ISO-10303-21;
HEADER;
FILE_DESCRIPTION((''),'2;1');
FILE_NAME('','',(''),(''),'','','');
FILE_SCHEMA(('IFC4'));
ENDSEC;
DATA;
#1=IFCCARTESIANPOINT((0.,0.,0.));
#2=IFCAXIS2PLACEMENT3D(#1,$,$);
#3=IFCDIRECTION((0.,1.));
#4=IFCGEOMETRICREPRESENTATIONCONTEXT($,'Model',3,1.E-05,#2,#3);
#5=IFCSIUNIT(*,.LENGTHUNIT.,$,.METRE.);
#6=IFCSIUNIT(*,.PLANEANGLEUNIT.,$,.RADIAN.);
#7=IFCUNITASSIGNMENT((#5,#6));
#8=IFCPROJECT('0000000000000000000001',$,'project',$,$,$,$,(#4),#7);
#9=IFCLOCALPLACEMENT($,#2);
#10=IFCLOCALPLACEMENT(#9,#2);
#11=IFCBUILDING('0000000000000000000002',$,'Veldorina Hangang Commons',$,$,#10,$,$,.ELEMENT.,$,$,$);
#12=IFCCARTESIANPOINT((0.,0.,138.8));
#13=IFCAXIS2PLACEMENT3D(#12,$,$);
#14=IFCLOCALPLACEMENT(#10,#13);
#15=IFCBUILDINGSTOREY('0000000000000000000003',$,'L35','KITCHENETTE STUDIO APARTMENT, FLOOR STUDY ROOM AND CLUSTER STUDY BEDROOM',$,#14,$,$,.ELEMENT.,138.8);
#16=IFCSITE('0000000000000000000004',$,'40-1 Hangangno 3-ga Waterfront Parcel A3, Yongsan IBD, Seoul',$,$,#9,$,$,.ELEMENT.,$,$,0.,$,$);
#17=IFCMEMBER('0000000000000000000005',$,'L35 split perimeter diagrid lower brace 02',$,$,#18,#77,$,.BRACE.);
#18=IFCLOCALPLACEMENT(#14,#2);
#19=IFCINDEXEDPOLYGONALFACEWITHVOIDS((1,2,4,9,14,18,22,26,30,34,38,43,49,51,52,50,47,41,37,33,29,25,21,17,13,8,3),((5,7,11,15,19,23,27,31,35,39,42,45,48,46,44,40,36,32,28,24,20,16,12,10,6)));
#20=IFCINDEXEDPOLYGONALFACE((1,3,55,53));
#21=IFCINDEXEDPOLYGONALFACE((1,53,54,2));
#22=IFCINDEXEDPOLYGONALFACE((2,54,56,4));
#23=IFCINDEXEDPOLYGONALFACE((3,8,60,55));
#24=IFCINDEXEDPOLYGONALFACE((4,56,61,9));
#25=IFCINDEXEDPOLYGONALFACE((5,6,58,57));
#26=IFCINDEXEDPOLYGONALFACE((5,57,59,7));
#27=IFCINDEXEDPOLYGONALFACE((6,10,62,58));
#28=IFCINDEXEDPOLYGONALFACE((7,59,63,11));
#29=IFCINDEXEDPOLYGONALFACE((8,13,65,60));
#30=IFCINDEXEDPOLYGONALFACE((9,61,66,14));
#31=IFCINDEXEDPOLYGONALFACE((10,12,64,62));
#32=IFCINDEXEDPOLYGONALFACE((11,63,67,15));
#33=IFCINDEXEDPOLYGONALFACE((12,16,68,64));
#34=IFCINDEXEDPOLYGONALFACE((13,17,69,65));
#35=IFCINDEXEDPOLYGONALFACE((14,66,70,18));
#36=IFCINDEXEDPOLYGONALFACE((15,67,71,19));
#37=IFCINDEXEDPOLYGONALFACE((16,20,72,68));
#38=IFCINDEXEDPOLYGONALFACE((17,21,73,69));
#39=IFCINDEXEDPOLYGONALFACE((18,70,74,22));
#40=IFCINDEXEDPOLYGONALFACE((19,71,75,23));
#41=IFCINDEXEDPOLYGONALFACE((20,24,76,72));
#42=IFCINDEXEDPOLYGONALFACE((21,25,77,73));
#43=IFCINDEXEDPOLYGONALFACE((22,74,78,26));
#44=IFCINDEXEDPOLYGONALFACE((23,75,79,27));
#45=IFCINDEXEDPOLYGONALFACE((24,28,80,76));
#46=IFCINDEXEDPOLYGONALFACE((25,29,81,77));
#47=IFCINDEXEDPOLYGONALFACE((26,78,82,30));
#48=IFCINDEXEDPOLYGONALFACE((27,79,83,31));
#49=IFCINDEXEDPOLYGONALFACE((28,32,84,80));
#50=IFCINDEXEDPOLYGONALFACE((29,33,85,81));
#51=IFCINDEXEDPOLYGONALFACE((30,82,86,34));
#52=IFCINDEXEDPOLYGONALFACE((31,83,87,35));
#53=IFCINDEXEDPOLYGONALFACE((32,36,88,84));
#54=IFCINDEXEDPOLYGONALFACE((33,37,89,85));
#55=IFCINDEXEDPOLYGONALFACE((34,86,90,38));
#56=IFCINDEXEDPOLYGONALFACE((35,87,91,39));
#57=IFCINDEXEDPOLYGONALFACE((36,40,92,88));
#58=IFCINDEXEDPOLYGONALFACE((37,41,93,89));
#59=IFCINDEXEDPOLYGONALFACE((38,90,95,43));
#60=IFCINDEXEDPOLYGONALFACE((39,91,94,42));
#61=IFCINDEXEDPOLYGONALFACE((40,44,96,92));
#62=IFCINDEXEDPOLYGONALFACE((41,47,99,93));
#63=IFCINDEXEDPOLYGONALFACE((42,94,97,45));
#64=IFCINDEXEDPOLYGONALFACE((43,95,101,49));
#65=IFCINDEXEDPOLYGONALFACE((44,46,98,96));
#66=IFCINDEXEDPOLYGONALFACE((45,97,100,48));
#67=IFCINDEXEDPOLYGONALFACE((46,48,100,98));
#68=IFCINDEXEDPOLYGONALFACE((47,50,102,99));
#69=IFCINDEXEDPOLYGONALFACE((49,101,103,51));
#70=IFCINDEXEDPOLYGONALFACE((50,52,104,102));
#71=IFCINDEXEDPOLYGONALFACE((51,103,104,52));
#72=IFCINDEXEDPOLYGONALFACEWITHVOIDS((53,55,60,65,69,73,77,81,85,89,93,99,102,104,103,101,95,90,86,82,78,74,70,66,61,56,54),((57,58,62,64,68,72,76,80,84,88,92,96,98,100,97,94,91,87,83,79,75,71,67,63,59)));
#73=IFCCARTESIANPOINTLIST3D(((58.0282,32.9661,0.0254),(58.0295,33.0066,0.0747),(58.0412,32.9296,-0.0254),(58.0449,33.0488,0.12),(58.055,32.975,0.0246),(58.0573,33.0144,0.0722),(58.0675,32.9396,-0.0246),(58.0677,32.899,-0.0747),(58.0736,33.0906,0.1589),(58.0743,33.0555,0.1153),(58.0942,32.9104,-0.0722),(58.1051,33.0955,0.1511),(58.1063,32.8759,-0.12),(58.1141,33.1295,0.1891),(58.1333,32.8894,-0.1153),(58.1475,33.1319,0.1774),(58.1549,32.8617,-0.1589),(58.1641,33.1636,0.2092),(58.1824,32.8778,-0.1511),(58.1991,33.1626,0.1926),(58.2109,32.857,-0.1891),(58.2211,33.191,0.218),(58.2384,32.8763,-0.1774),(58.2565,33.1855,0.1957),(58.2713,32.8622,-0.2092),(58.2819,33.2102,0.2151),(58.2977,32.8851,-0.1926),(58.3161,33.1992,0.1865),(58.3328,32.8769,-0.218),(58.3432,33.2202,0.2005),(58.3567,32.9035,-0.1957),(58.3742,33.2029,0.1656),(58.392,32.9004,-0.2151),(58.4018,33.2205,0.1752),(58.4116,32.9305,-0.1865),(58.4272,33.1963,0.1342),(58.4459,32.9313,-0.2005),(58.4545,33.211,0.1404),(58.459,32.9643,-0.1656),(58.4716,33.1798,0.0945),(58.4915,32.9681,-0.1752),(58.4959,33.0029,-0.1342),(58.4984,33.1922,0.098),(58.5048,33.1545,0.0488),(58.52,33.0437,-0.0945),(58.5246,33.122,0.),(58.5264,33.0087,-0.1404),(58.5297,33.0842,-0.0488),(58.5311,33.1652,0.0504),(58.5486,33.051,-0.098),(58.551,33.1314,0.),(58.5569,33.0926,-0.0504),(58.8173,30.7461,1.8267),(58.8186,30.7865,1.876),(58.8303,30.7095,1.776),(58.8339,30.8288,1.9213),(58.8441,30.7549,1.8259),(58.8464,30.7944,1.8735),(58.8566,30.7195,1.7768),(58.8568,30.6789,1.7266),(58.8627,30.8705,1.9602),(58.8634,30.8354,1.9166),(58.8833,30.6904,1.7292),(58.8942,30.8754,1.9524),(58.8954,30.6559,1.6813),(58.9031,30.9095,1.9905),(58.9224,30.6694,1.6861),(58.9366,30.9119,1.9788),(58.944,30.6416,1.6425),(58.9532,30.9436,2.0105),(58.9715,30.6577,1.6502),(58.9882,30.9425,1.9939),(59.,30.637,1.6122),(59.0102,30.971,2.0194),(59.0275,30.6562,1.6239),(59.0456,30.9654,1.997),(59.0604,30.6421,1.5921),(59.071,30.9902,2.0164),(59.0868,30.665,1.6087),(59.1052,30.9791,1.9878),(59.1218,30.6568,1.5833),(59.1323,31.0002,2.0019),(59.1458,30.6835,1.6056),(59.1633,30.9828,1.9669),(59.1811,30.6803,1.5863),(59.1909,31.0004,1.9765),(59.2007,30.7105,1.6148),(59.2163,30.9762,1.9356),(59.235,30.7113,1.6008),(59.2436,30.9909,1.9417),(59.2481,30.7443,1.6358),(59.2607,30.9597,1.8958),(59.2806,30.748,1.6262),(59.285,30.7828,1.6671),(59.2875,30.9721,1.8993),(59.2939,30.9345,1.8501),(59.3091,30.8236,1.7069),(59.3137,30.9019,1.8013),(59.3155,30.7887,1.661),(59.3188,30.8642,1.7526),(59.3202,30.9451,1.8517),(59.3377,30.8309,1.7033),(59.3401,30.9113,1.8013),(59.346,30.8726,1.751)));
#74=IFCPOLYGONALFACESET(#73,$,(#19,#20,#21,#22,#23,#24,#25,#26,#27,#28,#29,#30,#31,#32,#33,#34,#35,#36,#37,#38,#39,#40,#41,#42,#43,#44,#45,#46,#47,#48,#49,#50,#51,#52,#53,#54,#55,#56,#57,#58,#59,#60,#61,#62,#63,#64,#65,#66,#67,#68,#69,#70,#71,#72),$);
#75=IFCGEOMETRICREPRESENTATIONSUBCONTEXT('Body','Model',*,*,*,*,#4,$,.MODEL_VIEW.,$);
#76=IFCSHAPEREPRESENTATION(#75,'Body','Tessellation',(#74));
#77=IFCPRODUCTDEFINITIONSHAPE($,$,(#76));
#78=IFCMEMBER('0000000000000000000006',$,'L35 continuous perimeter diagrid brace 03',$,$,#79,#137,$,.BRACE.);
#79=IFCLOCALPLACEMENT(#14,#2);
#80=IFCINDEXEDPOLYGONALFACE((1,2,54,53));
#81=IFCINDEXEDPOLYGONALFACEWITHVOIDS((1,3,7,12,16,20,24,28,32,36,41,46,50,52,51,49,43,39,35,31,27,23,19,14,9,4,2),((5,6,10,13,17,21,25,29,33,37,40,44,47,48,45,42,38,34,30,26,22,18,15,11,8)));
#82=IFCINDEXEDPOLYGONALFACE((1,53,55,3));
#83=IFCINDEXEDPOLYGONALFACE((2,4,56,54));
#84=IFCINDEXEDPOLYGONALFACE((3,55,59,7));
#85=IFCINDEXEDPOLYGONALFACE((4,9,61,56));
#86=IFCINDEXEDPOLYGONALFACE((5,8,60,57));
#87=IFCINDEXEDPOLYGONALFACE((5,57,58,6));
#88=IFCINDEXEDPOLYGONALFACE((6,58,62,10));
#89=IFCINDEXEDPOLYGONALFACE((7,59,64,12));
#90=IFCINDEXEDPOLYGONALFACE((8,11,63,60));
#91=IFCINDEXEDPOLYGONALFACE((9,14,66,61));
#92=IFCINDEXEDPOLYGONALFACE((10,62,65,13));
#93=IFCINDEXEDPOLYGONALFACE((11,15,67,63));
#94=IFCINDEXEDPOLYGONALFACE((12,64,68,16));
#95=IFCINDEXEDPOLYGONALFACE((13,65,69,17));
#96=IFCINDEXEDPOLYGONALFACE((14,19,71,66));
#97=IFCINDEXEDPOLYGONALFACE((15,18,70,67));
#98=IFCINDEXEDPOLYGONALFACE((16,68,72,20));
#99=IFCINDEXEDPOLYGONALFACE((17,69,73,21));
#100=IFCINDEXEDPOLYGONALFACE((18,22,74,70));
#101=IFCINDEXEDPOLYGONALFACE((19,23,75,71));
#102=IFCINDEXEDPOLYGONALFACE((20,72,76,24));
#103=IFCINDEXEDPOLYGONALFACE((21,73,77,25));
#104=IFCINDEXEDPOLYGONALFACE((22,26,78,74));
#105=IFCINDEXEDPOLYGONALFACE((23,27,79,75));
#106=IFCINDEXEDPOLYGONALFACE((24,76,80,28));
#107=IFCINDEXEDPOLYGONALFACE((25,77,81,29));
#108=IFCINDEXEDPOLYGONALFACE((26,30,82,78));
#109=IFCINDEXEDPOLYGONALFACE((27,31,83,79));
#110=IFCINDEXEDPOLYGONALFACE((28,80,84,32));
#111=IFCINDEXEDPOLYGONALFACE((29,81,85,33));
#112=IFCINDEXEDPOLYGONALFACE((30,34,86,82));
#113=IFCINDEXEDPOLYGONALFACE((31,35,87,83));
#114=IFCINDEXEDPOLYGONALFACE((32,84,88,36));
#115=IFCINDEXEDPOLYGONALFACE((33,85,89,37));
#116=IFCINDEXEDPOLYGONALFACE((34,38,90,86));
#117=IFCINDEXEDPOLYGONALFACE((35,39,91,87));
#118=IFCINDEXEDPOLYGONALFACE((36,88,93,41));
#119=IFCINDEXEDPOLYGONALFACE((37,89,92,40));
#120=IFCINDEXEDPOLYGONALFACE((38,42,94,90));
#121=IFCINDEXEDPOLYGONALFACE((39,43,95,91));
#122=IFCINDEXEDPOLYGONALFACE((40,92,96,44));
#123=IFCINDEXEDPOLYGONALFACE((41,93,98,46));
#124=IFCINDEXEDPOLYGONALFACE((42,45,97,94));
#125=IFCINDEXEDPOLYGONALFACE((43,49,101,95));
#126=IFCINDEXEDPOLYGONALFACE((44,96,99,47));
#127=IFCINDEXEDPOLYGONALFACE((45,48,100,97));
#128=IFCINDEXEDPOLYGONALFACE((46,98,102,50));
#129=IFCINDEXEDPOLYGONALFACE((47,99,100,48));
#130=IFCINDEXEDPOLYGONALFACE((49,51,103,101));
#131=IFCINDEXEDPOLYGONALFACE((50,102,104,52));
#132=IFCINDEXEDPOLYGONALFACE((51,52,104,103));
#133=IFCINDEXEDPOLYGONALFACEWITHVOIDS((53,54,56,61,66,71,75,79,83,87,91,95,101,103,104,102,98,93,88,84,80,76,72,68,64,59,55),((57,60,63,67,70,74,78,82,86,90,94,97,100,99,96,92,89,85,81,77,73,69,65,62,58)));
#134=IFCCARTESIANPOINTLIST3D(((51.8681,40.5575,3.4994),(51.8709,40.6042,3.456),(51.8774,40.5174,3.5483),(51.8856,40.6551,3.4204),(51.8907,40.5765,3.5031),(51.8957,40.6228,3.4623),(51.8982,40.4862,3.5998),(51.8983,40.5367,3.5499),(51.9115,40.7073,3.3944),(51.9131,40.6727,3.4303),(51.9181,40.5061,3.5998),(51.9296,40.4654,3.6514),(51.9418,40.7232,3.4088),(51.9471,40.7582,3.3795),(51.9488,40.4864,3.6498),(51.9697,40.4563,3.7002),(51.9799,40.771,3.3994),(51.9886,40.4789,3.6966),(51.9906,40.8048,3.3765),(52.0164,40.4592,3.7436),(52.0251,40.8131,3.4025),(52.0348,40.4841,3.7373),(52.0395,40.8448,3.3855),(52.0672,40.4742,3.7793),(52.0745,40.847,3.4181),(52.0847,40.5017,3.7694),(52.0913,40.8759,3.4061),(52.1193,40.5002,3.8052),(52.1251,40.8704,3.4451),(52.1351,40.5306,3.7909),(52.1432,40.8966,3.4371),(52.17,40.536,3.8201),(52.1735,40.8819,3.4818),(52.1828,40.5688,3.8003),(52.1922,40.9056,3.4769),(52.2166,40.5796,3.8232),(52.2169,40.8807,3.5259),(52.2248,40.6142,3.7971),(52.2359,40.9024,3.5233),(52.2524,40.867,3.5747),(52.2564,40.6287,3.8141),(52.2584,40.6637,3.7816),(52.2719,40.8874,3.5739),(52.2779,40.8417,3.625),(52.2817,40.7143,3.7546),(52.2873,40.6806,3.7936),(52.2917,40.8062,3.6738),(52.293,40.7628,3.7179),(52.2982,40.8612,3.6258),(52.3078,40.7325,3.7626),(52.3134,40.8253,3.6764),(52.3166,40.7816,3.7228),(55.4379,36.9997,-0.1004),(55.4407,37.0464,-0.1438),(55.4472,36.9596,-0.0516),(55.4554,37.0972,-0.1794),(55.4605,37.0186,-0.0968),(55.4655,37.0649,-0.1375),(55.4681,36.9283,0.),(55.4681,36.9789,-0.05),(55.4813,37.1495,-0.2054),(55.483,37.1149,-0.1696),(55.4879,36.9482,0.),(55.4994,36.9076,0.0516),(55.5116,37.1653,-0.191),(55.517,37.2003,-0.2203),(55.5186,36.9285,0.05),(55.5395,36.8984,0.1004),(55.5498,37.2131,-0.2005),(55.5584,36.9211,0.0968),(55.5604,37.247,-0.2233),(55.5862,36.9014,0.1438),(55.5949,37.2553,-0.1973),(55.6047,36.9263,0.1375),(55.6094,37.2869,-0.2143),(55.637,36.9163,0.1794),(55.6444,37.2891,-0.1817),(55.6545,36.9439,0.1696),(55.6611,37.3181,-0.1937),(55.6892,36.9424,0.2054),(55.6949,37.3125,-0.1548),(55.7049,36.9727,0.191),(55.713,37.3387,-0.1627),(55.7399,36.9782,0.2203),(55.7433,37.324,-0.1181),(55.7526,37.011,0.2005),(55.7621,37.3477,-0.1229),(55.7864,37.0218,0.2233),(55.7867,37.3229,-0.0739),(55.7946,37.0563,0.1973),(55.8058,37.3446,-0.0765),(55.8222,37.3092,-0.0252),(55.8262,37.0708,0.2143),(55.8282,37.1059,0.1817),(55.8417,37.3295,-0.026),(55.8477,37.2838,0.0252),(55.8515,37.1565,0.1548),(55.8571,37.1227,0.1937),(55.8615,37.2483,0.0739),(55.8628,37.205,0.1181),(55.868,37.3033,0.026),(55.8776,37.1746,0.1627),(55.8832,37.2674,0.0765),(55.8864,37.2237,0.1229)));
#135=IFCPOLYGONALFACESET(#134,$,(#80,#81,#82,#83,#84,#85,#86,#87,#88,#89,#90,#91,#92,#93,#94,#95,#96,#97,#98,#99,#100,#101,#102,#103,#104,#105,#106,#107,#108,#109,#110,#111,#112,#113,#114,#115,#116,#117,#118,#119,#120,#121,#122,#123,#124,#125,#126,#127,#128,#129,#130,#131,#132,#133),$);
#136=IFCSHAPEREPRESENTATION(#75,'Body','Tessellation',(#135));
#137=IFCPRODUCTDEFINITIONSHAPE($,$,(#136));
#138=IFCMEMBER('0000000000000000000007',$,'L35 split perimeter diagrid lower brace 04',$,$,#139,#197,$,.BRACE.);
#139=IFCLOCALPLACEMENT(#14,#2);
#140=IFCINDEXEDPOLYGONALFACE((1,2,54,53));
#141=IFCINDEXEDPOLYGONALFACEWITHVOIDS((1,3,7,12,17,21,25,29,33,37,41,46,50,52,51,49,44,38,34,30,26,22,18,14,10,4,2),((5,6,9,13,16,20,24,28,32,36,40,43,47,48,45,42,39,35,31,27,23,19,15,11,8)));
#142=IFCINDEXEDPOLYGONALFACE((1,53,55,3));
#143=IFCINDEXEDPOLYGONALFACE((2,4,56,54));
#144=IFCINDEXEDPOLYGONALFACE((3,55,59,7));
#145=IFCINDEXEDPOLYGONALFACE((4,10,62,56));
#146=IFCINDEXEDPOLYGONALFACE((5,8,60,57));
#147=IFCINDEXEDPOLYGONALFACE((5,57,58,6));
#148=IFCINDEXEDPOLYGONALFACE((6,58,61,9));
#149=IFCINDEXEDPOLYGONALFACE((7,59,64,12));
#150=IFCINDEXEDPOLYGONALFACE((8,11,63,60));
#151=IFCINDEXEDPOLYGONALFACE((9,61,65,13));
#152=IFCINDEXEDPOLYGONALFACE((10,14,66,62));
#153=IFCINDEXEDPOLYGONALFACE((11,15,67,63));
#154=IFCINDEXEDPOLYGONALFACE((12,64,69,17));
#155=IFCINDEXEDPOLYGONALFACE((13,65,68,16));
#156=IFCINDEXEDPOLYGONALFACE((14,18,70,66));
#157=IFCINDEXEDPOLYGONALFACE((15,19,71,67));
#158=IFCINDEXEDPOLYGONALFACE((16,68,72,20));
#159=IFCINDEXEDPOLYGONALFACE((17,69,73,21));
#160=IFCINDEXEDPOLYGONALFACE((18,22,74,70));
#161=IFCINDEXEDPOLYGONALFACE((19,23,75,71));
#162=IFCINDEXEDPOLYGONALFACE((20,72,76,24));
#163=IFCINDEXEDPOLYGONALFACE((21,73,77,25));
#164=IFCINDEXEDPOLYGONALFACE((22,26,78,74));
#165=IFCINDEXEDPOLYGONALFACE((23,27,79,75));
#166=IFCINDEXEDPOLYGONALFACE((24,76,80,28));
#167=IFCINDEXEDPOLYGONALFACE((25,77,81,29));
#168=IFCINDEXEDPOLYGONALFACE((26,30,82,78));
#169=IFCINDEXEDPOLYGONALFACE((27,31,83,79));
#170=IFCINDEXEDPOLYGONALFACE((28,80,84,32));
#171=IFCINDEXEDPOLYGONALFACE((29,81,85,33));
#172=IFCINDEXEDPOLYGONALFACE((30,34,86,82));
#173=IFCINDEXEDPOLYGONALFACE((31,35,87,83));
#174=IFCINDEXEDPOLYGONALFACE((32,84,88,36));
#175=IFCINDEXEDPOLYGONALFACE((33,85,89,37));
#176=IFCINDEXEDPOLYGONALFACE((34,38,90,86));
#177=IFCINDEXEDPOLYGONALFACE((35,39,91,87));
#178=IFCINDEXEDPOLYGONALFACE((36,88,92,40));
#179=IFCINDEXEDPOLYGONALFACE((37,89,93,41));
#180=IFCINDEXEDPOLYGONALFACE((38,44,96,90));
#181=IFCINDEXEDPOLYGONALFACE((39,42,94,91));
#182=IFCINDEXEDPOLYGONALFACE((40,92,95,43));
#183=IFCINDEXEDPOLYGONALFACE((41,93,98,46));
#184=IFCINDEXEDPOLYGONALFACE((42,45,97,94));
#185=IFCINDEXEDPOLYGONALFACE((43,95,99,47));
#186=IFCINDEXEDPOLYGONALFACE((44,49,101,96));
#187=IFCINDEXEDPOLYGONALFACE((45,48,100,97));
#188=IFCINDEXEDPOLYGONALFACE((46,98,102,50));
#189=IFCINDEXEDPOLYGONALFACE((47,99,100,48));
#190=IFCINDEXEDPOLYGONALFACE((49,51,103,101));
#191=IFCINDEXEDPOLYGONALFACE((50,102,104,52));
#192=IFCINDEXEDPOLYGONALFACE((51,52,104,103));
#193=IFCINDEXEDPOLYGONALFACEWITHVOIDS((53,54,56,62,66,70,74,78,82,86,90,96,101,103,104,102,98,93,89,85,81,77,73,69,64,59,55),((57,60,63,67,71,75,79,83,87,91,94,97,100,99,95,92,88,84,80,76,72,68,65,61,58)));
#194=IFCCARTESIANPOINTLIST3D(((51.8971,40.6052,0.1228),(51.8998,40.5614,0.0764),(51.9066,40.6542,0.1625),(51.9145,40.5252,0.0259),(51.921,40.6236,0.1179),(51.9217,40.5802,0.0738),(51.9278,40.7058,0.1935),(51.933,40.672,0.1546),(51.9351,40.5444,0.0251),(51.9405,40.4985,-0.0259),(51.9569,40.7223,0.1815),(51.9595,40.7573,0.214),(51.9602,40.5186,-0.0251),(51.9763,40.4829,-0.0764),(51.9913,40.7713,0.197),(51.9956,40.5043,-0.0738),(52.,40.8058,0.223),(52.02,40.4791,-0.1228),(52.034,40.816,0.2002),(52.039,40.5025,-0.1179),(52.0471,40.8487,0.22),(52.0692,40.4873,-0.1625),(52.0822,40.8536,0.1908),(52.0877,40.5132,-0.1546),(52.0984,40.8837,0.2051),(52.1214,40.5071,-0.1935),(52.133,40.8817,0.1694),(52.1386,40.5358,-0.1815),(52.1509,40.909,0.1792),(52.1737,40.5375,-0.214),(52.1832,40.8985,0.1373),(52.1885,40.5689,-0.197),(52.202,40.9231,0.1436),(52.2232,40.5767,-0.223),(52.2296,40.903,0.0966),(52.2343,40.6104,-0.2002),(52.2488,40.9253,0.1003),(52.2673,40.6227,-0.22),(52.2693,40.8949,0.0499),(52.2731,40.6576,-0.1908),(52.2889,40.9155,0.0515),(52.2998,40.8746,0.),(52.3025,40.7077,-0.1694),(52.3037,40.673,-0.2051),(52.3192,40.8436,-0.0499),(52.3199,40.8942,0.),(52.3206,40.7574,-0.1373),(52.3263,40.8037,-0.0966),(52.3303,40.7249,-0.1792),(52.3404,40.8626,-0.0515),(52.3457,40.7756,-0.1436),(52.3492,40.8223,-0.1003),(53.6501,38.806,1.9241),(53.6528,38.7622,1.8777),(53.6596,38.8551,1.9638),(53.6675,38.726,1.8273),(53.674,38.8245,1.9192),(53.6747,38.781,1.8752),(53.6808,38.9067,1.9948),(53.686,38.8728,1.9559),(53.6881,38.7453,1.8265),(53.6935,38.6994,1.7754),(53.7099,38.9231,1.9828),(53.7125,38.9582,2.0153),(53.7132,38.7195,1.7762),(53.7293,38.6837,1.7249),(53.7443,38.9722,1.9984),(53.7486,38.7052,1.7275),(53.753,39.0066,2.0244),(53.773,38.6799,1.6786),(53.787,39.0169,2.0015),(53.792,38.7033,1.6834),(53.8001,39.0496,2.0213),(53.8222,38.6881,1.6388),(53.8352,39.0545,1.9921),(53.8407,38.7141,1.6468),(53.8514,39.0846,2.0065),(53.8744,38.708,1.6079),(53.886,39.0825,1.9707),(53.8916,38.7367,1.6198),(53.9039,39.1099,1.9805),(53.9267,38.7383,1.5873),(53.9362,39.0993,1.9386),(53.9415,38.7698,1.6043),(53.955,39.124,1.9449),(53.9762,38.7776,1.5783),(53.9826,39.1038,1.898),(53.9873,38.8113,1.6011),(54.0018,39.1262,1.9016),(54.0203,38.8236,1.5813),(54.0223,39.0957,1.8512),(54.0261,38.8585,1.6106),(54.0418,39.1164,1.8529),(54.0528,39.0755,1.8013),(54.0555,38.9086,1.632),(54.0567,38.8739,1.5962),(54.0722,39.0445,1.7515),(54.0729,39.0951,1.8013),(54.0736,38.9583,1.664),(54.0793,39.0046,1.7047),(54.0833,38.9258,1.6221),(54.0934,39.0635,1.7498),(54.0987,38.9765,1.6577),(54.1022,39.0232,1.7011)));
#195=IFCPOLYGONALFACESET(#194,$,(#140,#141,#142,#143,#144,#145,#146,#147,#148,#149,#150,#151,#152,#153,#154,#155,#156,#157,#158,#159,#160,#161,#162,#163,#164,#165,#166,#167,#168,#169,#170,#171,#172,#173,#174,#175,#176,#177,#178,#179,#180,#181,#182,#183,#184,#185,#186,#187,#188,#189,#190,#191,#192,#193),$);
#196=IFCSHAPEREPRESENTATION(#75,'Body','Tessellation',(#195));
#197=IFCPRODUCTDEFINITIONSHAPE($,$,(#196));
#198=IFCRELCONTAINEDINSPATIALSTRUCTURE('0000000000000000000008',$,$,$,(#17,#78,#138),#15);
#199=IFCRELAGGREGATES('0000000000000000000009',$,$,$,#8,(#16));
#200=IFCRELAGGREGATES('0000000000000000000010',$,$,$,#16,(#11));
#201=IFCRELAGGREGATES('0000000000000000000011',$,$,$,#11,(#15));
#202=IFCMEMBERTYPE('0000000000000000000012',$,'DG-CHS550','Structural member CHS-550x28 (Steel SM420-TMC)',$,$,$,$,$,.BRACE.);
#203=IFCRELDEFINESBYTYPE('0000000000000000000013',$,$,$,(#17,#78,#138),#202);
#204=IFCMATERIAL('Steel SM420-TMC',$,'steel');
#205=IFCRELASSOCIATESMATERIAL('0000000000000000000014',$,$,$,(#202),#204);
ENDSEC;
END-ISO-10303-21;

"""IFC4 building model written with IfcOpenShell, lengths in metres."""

from ifc_helpers import new_model, si_unit, direction, frame, origin, origin_2d, place, context, subcontext, project, spatial, hollow_circle, extrude, material, material_profile, profile_set, type_object, element, save


model = new_model("IFC4")

# Units and contexts
model_context = context("Model", 3, precision=1e-05, world=origin(), true_north=direction((0.0, 1.0)))
body_context = subcontext(model_context, "Body", "Model", "MODEL_VIEW")
ifc_project = project(units=[si_unit("LENGTHUNIT", "METRE"), si_unit("PLANEANGLEUNIT", "RADIAN")], contexts=[model_context])

# Site, building, storey
site_placement = place(None, origin())
site = spatial("IfcSite", under=ifc_project, at=site_placement, Name="40-1 Hangangno 3-ga Waterfront Parcel A3, Yongsan IBD, Seoul", CompositionType="ELEMENT", RefElevation=0.0)
building_placement = place(site_placement, origin())
building = spatial("IfcBuilding", under=site, at=building_placement, Name="Veldorina Hangang Commons", CompositionType="ELEMENT")
storey_placement = place(building_placement, frame((0.0, 0.0, 138.8)))
storey = spatial("IfcBuildingStorey", under=building, at=storey_placement, Name="L35", Description="KITCHENETTE STUDIO APARTMENT, FLOOR STUDY ROOM AND CLUSTER STUDY BEDROOM", CompositionType="ELEMENT", Elevation=138.8)

# Shared definitions
ifc_material_1 = material(Name="Steel SM420-TMC", Category="steel")

# Members
ifc_material_profile_1 = material_profile(ifc_material_1, hollow_circle(Radius=0.2749, WallThickness=0.0281, at=origin_2d()), Name="CHS-550x28")
ifc_profile_set_1 = profile_set([ifc_material_profile_1], Name="Steel SM420-TMC")
member_type = type_object("IfcMemberType", Name="DG-CHS550", Description="Structural member CHS-550x28 (Steel SM420-TMC)", PredefinedType="BRACE", material=ifc_profile_set_1)
member_1_placement = place(storey_placement, frame((58.292, 33.0393, 0.0), z_axis=(0.266062, -0.748545, 0.607364), x_axis=(0.94225, 0.334912, 0.0)))
element("IfcMember", 1, at=member_1_placement, inside=storey, type_object=member_type, Name="L35 split perimeter diagrid lower brace 02", PredefinedType="BRACE", context=body_context, shape_type="SweptSolid", body=[
    extrude(hollow_circle(Radius=0.2749, WallThickness=0.0281, at=origin_2d()), origin(), (0.0, 0.0, 1.0), 2.9658),
])
member_2_placement = place(storey_placement, frame((55.6621, 37.123, 0.0), z_axis=(-0.576371, 0.574439, 0.581219), x_axis=(-0.705919, -0.708293, 0.0)))
element("IfcMember", 2, at=member_2_placement, inside=storey, type_object=member_type, Name="L35 continuous perimeter diagrid brace 03", PredefinedType="BRACE", context=body_context, shape_type="SweptSolid", body=[
    extrude(hollow_circle(Radius=0.2749, WallThickness=0.0281, at=origin_2d()), origin(), (0.0, 0.0, 1.0), 6.1936),
])
member_3_placement = place(storey_placement, frame((52.123, 40.7024, 0.0), z_axis=(0.567116, -0.582044, 0.582755), x_axis=(0.716232, 0.697862, 0.0)))
element("IfcMember", 3, at=member_3_placement, inside=storey, type_object=member_type, Name="L35 split perimeter diagrid lower brace 04", PredefinedType="BRACE", context=body_context, shape_type="SweptSolid", body=[
    extrude(hollow_circle(Radius=0.2749, WallThickness=0.0281, at=origin_2d()), origin(), (0.0, 0.0, 1.0), 3.0911),
])

save(model, "model.ifc")
